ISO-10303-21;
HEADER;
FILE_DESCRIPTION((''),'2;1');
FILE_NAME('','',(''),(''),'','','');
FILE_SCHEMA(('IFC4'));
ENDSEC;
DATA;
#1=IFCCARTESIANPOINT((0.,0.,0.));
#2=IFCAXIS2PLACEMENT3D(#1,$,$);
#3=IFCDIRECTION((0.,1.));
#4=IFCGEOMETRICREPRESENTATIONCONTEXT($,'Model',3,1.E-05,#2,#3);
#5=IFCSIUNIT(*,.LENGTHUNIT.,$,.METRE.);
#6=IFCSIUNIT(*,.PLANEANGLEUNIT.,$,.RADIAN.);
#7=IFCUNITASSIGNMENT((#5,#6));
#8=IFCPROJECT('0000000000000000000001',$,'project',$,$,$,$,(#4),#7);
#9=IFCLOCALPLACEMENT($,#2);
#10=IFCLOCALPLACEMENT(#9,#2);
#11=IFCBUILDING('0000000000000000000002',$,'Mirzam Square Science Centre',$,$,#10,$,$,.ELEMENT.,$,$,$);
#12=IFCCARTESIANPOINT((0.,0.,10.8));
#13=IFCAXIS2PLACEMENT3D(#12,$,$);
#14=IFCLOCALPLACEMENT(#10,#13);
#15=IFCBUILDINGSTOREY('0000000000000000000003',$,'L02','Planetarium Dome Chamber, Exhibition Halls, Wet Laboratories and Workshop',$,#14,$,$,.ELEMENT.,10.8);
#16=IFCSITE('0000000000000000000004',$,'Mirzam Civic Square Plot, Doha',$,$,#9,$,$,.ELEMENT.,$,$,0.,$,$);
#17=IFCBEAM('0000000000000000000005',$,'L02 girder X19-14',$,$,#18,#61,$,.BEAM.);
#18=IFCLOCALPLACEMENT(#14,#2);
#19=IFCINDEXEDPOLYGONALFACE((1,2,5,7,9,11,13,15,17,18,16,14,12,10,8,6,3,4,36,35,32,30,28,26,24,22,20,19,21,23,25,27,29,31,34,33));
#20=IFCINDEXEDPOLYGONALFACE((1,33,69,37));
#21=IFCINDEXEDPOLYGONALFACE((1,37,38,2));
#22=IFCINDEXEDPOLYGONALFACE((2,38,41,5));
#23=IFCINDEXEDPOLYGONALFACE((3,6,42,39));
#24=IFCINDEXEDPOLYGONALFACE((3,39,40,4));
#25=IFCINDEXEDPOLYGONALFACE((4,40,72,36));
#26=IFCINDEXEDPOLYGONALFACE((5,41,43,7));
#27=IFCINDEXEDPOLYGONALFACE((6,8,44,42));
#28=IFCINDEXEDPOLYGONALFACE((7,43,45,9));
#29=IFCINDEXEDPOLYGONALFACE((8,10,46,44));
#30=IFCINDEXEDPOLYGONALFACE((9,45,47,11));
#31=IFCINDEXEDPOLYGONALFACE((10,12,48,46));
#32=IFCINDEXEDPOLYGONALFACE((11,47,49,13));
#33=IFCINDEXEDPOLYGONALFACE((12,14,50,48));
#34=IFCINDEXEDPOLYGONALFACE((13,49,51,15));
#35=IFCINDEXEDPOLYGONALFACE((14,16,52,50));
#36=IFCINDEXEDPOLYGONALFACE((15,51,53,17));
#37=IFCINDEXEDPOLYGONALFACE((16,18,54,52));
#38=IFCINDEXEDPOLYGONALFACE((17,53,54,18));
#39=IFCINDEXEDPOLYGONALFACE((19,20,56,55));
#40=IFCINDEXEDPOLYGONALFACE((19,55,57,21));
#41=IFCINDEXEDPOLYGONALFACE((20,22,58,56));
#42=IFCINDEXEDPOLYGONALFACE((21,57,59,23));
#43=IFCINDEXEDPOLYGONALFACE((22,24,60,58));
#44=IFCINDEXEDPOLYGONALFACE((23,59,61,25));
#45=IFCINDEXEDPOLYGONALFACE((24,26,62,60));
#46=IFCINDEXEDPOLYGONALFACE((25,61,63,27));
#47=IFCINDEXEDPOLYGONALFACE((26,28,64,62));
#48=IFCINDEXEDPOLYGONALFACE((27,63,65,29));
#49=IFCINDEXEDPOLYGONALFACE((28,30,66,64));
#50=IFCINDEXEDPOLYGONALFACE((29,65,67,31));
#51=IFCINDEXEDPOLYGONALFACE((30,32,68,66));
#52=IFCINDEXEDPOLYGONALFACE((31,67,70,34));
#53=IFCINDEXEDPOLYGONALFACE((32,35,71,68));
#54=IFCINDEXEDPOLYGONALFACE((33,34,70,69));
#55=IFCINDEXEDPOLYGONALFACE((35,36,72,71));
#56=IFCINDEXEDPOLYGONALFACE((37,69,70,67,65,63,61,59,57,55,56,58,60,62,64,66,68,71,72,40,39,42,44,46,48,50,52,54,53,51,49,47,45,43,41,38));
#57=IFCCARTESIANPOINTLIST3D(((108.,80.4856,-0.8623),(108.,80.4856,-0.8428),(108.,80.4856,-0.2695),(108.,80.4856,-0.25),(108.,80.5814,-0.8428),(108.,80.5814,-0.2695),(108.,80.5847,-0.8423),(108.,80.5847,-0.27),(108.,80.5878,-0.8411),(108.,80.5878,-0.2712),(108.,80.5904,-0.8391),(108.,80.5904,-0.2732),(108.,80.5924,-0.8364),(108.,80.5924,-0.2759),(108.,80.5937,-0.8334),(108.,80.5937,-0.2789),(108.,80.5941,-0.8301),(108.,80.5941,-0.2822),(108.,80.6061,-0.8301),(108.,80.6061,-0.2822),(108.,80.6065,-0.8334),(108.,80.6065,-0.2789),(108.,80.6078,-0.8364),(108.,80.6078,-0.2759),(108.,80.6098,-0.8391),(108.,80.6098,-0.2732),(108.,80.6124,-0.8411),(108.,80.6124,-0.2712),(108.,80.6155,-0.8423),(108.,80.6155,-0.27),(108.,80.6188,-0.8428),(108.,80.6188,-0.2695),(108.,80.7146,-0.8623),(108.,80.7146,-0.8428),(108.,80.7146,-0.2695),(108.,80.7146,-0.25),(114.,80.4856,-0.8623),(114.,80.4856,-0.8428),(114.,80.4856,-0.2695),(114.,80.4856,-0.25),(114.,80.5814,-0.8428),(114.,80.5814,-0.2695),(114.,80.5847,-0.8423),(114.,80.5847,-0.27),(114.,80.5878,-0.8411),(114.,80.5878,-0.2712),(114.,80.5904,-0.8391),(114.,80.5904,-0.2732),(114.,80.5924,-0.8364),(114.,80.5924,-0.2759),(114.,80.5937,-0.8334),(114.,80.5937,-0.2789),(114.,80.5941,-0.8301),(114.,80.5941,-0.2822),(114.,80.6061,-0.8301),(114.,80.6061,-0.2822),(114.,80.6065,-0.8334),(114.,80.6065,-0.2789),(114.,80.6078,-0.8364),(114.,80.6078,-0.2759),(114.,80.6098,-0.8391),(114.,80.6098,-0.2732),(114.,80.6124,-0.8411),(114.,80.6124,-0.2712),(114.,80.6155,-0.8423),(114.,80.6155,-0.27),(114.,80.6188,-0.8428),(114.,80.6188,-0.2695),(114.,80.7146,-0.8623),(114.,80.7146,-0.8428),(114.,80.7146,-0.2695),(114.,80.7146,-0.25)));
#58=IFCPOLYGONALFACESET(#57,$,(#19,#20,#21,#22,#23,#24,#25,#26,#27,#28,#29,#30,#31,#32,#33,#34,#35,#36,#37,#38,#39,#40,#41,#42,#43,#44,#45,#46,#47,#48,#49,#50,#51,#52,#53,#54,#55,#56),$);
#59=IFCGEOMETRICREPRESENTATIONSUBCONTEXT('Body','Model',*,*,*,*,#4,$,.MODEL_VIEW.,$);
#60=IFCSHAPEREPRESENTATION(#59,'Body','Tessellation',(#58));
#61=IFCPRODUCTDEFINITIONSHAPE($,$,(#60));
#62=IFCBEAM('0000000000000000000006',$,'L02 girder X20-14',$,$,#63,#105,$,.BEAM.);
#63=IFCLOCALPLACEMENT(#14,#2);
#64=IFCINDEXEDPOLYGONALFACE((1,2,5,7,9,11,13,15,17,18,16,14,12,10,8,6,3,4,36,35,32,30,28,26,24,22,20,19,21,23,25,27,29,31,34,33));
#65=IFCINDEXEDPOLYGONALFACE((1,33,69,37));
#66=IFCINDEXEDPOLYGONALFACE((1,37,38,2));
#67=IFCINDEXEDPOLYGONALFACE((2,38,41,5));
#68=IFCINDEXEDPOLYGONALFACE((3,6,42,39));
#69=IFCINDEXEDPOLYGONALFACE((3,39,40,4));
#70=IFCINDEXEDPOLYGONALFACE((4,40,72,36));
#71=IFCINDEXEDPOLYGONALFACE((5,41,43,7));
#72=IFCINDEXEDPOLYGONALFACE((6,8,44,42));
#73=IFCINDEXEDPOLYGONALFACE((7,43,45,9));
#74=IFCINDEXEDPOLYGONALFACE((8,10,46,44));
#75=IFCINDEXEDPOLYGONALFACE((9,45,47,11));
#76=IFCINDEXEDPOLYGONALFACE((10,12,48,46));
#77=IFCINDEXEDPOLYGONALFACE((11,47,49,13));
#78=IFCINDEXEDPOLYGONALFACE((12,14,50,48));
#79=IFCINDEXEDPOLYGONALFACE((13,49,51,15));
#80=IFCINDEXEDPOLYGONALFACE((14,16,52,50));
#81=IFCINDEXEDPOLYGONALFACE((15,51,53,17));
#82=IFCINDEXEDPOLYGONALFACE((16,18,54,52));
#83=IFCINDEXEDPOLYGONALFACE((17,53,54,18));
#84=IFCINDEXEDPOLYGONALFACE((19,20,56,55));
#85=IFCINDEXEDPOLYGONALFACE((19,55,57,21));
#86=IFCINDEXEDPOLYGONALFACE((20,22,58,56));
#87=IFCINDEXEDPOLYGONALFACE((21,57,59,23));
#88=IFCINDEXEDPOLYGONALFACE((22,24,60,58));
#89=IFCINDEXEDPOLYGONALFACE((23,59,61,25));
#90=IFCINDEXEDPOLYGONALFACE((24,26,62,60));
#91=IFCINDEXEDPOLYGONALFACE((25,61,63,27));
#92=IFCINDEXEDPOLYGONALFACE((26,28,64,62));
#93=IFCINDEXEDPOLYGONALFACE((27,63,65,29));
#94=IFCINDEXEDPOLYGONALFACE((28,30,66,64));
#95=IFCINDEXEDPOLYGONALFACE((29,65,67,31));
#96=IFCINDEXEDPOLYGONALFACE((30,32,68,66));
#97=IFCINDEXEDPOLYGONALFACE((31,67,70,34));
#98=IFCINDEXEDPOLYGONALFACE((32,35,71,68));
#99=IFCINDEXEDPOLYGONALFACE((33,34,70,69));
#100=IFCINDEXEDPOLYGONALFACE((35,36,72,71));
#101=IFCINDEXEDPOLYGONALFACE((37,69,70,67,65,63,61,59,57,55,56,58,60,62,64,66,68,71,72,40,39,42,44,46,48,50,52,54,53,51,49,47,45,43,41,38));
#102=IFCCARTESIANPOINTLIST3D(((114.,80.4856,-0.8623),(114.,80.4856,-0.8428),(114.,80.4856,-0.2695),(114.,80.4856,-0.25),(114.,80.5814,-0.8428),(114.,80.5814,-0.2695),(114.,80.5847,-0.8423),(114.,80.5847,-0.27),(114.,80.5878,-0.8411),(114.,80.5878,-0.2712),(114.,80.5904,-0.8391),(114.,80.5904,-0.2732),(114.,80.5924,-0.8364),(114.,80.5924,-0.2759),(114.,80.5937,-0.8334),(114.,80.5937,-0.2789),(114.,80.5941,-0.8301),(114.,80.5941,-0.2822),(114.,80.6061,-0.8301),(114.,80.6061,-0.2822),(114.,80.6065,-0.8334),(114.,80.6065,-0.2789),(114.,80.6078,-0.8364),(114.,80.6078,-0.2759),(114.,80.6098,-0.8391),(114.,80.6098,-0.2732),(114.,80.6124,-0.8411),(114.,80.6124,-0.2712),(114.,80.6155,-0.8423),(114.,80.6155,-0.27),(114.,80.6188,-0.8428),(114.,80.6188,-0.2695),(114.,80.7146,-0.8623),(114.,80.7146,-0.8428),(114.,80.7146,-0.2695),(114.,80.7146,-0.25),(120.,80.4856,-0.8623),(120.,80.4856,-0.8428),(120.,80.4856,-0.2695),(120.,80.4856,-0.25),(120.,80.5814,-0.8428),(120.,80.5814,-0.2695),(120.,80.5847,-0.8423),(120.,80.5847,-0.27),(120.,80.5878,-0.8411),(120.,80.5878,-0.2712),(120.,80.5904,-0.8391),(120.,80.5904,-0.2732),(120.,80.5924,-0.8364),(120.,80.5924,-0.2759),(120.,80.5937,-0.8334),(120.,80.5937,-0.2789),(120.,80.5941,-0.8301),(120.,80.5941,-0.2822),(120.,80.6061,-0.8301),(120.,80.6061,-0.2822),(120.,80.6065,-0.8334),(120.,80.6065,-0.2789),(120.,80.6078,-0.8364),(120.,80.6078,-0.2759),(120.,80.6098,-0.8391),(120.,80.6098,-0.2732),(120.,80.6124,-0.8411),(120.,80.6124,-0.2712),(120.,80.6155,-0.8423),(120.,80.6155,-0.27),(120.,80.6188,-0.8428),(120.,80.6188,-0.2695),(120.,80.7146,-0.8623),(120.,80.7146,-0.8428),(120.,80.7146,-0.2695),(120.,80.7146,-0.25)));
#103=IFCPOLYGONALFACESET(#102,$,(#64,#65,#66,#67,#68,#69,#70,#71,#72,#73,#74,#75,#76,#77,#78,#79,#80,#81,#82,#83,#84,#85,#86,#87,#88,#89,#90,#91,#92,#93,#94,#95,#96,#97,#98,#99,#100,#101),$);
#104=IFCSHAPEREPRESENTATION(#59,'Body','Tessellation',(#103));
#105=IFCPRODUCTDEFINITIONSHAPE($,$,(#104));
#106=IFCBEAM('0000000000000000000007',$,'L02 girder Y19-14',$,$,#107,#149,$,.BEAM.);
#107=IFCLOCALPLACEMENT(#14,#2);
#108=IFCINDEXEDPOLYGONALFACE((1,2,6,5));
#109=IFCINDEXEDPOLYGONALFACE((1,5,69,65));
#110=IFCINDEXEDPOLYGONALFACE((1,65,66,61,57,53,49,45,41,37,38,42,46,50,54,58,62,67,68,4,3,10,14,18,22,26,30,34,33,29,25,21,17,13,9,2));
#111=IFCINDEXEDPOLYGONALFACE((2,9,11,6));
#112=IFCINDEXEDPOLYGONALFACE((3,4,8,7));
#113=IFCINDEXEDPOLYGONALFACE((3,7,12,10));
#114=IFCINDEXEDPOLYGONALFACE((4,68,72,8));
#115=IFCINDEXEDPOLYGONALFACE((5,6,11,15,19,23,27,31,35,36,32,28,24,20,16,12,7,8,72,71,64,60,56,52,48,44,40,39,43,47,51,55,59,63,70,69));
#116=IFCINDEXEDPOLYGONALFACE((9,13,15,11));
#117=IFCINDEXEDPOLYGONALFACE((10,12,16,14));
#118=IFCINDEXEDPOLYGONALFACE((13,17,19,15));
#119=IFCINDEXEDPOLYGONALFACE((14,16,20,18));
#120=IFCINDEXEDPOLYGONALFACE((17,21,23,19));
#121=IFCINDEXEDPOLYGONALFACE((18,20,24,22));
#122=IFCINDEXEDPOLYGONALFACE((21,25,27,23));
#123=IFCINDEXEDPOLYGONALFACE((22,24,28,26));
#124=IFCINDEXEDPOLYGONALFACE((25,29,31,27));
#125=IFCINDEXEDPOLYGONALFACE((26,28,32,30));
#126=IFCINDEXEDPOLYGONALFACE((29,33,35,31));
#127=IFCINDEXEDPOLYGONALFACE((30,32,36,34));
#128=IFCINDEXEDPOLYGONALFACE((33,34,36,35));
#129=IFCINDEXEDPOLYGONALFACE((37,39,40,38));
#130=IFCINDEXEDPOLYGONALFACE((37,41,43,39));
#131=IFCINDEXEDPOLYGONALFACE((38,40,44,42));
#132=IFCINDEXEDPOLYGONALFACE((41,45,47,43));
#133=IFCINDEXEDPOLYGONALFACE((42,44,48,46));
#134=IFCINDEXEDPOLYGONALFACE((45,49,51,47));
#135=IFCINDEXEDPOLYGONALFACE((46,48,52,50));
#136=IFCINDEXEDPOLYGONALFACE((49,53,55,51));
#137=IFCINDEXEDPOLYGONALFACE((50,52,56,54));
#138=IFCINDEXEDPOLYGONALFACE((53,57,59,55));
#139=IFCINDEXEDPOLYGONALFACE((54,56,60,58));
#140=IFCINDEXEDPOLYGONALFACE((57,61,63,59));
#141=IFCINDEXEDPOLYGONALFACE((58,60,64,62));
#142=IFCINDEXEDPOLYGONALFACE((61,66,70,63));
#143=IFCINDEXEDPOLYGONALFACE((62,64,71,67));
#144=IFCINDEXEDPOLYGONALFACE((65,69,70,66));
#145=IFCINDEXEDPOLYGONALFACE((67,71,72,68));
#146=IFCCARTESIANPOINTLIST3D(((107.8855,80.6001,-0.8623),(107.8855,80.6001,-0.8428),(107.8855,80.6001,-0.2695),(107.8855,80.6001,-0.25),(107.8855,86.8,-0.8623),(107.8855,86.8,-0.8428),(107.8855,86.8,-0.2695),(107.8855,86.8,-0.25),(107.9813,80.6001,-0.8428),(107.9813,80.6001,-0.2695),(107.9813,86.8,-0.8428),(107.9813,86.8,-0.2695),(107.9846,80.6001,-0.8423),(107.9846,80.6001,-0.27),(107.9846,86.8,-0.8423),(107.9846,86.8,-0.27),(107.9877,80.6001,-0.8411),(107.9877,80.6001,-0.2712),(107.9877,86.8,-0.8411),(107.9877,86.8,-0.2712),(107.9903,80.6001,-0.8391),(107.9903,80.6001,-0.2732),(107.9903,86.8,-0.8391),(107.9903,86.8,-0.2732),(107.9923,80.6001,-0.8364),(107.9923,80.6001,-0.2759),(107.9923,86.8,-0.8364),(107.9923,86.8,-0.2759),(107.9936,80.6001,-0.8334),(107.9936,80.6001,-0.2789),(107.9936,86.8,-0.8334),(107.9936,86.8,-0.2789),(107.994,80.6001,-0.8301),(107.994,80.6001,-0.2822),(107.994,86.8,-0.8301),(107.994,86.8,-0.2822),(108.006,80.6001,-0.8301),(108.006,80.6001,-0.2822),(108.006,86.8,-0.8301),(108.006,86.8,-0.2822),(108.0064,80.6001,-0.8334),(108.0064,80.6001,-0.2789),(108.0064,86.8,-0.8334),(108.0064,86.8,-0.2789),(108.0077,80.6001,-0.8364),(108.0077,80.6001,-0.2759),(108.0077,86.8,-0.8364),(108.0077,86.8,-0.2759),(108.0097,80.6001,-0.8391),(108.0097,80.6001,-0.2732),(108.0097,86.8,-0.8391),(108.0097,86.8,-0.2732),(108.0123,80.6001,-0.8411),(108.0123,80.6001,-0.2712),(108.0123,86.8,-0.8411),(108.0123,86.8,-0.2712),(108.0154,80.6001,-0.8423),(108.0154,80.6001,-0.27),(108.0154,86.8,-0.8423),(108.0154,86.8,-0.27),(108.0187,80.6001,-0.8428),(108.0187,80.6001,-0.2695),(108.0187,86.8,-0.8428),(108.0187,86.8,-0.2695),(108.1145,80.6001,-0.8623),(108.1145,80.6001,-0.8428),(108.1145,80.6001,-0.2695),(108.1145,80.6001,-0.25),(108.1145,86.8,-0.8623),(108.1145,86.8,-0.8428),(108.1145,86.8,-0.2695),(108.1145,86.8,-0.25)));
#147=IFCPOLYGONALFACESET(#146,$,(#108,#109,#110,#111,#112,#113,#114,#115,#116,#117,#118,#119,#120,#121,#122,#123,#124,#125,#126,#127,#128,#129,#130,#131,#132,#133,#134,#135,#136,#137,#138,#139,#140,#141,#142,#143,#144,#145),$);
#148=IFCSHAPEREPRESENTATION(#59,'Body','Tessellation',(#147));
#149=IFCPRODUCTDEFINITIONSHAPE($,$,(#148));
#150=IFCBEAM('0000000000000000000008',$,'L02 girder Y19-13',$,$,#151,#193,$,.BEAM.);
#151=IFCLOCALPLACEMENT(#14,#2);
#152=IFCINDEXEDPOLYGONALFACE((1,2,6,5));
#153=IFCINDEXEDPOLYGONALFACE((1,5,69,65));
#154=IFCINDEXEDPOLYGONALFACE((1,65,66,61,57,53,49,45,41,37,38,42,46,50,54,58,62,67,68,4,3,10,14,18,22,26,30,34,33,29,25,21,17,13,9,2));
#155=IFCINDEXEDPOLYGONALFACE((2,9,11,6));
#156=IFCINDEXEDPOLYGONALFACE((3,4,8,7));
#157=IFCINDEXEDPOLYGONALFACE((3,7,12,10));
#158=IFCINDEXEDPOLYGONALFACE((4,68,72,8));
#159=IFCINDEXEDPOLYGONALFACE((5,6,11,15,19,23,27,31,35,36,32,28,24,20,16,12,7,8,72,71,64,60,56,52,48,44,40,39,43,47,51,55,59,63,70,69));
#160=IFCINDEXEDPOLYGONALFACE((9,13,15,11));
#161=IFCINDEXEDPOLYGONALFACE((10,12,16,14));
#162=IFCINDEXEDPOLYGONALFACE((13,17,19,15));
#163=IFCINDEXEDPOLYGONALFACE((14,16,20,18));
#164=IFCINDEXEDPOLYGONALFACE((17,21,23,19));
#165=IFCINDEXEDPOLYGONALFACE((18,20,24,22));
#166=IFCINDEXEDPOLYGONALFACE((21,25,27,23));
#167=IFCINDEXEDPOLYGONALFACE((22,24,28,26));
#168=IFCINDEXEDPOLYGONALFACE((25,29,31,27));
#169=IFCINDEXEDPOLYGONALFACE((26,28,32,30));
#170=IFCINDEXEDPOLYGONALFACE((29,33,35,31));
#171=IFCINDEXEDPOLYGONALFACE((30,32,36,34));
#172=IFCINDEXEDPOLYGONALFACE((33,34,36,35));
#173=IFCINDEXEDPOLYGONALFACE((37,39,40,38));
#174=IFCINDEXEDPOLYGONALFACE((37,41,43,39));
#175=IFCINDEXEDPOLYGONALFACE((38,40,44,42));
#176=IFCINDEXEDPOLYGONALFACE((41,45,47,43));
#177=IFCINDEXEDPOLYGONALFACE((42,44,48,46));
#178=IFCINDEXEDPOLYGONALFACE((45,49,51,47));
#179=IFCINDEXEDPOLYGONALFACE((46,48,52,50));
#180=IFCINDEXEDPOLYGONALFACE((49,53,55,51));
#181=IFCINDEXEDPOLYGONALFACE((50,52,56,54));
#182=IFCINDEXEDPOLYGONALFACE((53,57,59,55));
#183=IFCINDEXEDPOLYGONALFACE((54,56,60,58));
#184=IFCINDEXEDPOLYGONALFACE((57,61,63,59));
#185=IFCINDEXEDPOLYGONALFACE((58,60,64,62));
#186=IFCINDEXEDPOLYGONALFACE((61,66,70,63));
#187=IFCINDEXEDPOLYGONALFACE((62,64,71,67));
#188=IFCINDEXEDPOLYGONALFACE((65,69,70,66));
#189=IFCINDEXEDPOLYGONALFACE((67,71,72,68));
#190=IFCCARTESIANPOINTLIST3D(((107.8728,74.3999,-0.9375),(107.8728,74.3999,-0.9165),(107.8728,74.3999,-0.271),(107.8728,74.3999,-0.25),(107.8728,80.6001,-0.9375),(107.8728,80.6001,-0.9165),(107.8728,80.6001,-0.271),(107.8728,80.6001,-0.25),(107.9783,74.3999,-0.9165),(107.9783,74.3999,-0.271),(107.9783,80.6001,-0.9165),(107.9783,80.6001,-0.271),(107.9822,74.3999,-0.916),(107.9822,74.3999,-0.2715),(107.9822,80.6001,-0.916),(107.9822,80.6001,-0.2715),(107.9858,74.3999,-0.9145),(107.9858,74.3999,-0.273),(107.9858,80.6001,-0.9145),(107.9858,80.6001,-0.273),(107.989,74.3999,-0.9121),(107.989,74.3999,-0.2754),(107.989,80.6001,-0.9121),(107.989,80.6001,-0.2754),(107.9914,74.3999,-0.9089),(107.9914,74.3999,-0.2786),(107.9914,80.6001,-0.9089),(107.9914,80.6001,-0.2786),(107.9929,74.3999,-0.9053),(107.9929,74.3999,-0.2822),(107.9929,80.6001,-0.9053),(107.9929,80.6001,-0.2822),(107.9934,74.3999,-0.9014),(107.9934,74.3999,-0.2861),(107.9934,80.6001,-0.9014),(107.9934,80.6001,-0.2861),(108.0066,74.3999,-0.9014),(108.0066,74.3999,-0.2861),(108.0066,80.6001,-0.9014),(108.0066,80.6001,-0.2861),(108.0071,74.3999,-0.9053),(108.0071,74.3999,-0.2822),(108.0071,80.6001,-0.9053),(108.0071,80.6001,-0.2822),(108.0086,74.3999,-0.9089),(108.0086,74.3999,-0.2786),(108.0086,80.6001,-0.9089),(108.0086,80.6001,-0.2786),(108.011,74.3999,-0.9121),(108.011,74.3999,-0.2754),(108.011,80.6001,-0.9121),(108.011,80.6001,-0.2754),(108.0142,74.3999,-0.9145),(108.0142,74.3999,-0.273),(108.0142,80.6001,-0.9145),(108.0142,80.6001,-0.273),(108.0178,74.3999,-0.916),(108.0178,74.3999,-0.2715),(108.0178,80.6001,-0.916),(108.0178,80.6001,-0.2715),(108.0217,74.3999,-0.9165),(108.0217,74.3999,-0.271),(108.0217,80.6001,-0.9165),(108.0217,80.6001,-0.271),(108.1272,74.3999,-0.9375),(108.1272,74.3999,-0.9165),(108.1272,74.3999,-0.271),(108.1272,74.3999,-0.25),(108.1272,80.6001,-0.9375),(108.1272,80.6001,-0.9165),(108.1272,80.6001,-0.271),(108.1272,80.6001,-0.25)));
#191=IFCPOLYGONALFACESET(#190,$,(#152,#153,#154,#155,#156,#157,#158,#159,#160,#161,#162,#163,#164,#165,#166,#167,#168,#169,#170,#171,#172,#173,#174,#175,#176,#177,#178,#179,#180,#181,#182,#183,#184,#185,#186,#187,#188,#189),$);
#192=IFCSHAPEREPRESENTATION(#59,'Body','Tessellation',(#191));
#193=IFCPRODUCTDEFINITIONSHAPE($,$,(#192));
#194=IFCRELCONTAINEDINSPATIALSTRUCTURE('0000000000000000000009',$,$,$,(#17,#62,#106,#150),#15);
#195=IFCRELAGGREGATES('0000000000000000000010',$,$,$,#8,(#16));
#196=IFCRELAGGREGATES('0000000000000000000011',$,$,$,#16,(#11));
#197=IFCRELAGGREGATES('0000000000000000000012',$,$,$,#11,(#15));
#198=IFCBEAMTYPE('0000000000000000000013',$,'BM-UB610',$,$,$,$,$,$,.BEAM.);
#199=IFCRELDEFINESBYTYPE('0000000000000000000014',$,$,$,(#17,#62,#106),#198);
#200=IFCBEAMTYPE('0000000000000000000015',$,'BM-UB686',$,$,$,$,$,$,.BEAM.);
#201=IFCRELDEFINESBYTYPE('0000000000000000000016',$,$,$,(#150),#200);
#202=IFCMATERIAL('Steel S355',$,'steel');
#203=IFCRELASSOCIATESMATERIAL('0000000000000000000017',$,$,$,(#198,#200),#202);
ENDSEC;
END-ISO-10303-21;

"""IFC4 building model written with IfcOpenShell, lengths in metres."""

from ifc_helpers import new_model, si_unit, direction, frame, origin, origin_2d, place, context, subcontext, project, spatial, i_section, extrude, material, material_profile, profile_set, type_object, element, save


model = new_model("IFC4")

# Units and contexts
model_context = context("Model", 3, precision=1e-05, world=origin(), true_north=direction((0.0, 1.0)))
body_context = subcontext(model_context, "Body", "Model", "MODEL_VIEW")
ifc_project = project(units=[si_unit("LENGTHUNIT", "METRE"), si_unit("PLANEANGLEUNIT", "RADIAN")], contexts=[model_context])

# Site, building, storey
site_placement = place(None, origin())
site = spatial("IfcSite", under=ifc_project, at=site_placement, Name="Mirzam Civic Square Plot, Doha", CompositionType="ELEMENT", RefElevation=0.0)
building_placement = place(site_placement, origin())
building = spatial("IfcBuilding", under=site, at=building_placement, Name="Mirzam Square Science Centre", CompositionType="ELEMENT")
storey_placement = place(building_placement, frame((0.0, 0.0, 10.8)))
storey = spatial("IfcBuildingStorey", under=building, at=storey_placement, Name="L02", Description="Planetarium Dome Chamber, Exhibition Halls, Wet Laboratories and Workshop", CompositionType="ELEMENT", Elevation=10.8)

# Shared definitions
ifc_material_1 = material(Name="Steel S355", Category="steel")

# Beams
ifc_material_profile_1 = material_profile(ifc_material_1, i_section(OverallWidth=0.229, OverallDepth=0.6123, WebThickness=0.012, FlangeThickness=0.0195, FilletRadius=0.0127, at=origin_2d()), Name="610x229x125UB")
ifc_profile_set_1 = profile_set([ifc_material_profile_1], Name="Steel S355")
beam_type_1 = type_object("IfcBeamType", Name="BM-UB610", PredefinedType="BEAM", material=ifc_profile_set_1)
for number, where, z_axis, x_axis, name in (
    (1, (108.0, 80.6001, -0.5562), (1.0, 0.0, 0.0), (0.0, 1.0, 0.0), "L02 girder X19-14"),
    (2, (114.0, 80.6001, -0.5562), (1.0, 0.0, 0.0), (0.0, 1.0, 0.0), "L02 girder X20-14"),
):
    element("IfcBeam", number, at=place(storey_placement, frame(where, z_axis=z_axis, x_axis=x_axis)), inside=storey, type_object=beam_type_1, Name=name, PredefinedType="BEAM", context=body_context, shape_type="SweptSolid", body=[
        extrude(i_section(OverallWidth=0.229, OverallDepth=0.6123, WebThickness=0.012, FlangeThickness=0.0195, FilletRadius=0.0127, at=origin_2d()), origin(), (0.0, 0.0, 1.0), 6.0),
    ])
beam_1_placement = place(storey_placement, frame((108.0, 80.6001, -0.5562), z_axis=(0.0, 1.0, 0.0), x_axis=(-1.0, 0.0, 0.0)))
element("IfcBeam", 3, at=beam_1_placement, inside=storey, type_object=beam_type_1, Name="L02 girder Y19-14", PredefinedType="BEAM", context=body_context, shape_type="SweptSolid", body=[
    extrude(i_section(OverallWidth=0.229, OverallDepth=0.6123, WebThickness=0.012, FlangeThickness=0.0195, FilletRadius=0.0127, at=origin_2d()), origin(), (0.0, 0.0, 1.0), 6.2),
])
ifc_material_profile_2 = material_profile(ifc_material_1, i_section(OverallWidth=0.2544, OverallDepth=0.6875, WebThickness=0.0132, FlangeThickness=0.021, FilletRadius=0.0151, at=origin_2d()), Name="686x254x152UB")
ifc_profile_set_2 = profile_set([ifc_material_profile_2], Name="Steel S355")
beam_type_2 = type_object("IfcBeamType", Name="BM-UB686", PredefinedType="BEAM", material=ifc_profile_set_2)
beam_2_placement = place(storey_placement, frame((108.0, 74.3999, -0.5938), z_axis=(0.0, 1.0, 0.0), x_axis=(-1.0, 0.0, 0.0)))
element("IfcBeam", 4, at=beam_2_placement, inside=storey, type_object=beam_type_2, Name="L02 girder Y19-13", PredefinedType="BEAM", context=body_context, shape_type="SweptSolid", body=[
    extrude(i_section(OverallWidth=0.2544, OverallDepth=0.6875, WebThickness=0.0132, FlangeThickness=0.021, FilletRadius=0.0151, at=origin_2d()), origin(), (0.0, 0.0, 1.0), 6.2002),
])

save(model, "model.ifc")
